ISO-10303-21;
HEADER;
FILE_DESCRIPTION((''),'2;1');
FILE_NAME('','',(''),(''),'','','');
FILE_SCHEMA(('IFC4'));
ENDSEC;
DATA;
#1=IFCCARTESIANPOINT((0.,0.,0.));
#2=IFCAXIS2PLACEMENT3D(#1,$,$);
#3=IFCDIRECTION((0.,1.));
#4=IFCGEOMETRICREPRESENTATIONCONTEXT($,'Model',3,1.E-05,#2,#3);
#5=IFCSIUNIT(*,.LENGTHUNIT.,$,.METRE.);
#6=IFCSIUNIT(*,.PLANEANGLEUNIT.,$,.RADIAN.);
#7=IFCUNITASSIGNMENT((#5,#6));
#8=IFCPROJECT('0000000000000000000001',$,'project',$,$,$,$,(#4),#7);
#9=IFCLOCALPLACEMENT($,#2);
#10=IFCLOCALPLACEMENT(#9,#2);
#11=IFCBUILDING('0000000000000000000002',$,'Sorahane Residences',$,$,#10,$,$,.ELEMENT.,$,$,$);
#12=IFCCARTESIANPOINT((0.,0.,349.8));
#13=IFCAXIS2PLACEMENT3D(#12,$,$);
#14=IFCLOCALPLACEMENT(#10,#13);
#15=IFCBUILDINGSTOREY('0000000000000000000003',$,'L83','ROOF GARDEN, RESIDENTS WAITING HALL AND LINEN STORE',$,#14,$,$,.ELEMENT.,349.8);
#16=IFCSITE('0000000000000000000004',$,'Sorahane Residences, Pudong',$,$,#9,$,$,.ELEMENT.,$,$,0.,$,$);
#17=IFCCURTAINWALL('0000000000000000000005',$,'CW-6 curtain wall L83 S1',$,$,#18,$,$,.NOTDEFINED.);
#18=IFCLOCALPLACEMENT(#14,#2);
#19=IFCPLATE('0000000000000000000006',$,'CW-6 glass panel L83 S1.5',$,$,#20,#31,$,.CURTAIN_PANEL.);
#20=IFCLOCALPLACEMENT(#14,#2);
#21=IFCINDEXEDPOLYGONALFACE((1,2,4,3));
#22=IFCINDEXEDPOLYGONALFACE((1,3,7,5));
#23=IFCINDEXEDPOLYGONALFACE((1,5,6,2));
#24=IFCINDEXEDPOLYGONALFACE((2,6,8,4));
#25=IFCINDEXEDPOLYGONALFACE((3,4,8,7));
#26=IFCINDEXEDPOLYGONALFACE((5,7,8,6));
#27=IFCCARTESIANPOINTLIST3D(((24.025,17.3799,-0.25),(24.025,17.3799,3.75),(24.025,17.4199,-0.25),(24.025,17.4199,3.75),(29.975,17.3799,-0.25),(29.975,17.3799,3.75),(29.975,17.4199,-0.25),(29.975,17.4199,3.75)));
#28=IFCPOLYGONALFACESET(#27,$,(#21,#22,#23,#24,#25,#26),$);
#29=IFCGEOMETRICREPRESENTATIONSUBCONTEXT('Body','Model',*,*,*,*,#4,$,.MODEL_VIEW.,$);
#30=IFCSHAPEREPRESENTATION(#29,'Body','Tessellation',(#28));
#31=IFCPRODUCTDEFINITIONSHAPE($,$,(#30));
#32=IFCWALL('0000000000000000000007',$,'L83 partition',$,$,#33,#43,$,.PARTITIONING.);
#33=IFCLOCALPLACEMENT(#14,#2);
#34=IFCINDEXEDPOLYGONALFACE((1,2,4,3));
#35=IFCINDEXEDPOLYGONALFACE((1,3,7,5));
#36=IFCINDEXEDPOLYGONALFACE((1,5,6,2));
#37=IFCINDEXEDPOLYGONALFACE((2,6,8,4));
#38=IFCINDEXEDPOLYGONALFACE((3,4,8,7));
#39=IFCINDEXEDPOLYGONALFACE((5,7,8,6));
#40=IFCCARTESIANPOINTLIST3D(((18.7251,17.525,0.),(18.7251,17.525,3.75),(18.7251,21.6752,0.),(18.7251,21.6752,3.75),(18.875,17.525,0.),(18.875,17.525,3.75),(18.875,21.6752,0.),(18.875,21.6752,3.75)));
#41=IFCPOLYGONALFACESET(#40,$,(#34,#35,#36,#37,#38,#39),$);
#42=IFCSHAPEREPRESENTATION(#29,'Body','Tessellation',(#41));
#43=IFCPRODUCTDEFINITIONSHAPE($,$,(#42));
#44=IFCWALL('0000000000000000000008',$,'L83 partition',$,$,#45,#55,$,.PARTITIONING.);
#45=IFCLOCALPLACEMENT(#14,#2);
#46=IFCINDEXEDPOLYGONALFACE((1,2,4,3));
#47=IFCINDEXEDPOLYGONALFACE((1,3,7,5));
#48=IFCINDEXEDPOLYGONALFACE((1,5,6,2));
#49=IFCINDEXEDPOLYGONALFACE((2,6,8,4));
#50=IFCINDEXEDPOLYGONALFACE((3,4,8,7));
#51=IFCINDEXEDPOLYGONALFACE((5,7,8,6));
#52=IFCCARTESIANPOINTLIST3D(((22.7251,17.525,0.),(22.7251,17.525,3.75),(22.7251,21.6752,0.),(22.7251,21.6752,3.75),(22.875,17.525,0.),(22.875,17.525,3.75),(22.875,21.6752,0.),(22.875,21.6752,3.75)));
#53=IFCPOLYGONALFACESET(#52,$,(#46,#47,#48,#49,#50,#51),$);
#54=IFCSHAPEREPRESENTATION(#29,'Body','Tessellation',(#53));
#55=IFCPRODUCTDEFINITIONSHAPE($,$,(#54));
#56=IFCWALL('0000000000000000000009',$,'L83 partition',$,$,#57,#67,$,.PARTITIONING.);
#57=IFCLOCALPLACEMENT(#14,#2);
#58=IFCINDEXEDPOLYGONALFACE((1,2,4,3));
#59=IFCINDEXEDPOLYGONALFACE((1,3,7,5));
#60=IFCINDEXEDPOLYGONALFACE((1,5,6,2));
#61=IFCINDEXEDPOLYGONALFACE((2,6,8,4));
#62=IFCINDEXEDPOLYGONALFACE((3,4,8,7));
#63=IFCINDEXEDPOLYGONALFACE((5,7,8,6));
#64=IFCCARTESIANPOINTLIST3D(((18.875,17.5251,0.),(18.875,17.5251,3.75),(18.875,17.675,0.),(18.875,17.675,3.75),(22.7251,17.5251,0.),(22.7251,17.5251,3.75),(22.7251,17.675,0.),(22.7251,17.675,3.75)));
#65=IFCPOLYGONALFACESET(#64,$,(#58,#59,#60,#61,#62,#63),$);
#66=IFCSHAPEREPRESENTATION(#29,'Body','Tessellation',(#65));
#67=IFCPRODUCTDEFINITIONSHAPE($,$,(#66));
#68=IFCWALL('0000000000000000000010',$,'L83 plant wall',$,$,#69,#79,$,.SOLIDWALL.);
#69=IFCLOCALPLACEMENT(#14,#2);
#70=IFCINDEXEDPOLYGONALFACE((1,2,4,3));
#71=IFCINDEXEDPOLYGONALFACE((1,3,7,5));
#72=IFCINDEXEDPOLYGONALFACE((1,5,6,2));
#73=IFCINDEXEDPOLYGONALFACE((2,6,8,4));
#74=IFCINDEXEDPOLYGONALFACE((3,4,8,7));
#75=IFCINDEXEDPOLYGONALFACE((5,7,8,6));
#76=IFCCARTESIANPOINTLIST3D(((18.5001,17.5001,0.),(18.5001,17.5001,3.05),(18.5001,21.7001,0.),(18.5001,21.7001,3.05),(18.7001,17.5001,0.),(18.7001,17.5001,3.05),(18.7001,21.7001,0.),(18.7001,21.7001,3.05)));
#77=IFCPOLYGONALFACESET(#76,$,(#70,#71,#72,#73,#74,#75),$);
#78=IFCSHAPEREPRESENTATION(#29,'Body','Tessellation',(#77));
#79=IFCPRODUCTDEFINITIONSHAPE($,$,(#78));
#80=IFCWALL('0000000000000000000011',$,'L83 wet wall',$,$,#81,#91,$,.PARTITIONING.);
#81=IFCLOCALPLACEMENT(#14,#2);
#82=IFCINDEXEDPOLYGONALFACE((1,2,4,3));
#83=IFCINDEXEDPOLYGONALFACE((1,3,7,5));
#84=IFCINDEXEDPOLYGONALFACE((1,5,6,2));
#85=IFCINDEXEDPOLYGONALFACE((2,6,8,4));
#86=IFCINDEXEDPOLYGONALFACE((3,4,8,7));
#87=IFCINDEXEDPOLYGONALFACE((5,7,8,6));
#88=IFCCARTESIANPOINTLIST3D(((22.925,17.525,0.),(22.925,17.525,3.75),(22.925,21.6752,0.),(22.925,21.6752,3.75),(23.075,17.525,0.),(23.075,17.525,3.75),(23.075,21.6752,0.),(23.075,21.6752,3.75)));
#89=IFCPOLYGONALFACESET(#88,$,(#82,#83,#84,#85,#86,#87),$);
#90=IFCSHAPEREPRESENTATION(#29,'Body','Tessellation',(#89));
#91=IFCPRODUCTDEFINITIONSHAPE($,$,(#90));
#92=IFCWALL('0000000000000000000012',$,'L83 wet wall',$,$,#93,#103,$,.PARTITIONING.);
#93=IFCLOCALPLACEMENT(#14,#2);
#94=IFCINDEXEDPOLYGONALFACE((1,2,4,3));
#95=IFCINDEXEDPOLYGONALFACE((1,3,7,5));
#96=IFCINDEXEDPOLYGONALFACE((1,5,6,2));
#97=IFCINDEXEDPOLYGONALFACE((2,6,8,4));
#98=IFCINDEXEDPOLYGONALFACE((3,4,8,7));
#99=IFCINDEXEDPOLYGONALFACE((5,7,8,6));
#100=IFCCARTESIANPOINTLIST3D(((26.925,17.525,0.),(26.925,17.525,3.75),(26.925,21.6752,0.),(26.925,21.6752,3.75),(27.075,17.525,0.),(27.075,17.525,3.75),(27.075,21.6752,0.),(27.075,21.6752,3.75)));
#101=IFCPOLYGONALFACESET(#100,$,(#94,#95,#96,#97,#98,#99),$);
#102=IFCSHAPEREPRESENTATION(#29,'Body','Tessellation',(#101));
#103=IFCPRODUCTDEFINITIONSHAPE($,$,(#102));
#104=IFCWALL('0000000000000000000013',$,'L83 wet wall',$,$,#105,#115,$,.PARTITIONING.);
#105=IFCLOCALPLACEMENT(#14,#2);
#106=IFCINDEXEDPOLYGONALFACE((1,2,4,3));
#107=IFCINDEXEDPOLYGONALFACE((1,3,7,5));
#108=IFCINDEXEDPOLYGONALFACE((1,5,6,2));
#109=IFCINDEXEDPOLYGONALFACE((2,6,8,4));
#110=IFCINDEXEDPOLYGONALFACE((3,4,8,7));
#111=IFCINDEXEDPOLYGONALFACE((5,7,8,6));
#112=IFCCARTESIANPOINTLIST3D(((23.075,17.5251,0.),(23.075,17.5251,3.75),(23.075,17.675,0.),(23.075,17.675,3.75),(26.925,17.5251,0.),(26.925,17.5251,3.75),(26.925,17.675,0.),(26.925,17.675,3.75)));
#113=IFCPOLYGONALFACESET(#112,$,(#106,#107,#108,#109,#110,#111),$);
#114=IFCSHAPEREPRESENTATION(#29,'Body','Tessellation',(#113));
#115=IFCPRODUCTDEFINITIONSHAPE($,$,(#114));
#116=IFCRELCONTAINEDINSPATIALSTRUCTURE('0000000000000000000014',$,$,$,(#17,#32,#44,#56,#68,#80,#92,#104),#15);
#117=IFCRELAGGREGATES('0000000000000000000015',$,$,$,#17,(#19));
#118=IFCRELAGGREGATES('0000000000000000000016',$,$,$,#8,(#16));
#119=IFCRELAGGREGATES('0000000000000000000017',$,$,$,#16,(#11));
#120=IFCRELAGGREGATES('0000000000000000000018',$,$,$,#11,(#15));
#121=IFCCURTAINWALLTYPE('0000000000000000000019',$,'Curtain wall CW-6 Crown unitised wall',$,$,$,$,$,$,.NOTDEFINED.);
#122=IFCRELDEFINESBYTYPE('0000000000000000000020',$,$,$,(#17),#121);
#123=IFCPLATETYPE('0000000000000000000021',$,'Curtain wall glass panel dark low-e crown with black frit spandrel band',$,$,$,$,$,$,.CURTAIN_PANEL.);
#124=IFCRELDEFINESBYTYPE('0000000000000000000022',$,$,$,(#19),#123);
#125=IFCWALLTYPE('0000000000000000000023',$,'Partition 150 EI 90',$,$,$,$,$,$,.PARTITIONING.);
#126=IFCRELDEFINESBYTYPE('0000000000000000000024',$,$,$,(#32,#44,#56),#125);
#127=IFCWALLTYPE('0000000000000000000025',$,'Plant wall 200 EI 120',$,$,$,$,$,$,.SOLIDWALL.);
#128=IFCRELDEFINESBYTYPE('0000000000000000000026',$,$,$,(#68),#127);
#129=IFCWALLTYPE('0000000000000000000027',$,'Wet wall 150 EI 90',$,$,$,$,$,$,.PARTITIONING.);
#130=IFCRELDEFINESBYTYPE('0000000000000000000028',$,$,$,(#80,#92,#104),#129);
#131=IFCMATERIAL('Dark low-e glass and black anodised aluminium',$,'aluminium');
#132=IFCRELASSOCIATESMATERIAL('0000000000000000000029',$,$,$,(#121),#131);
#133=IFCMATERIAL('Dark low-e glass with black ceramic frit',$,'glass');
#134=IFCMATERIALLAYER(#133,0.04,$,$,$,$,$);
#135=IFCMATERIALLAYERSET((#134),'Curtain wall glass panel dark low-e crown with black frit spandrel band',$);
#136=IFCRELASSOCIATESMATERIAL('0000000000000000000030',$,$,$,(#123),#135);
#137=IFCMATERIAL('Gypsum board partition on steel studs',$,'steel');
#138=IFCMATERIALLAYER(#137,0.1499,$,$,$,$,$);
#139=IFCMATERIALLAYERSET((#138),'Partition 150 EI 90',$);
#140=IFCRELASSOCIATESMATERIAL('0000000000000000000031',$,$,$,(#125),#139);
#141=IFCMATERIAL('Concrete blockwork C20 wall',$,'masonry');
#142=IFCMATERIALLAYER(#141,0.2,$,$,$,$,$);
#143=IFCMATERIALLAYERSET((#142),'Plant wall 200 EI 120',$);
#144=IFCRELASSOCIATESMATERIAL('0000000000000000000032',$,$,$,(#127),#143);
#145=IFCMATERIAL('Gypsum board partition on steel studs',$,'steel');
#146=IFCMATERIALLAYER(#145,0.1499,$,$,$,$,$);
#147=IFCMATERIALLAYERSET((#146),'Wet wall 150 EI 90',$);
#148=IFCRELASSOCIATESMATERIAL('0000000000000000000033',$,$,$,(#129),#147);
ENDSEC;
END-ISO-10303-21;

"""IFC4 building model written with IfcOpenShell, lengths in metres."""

from ifc_helpers import new_model, si_unit, direction, frame, frame_2d, origin, origin_2d, place, context, subcontext, project, spatial, rectangle, extrude, material, layer, layer_set, type_object, element, aggregate, save


model = new_model("IFC4")

# Units and contexts
model_context = context("Model", 3, precision=1e-05, world=origin(), true_north=direction((0.0, 1.0)))
body_context = subcontext(model_context, "Body", "Model", "MODEL_VIEW")
ifc_project = project(units=[si_unit("LENGTHUNIT", "METRE"), si_unit("PLANEANGLEUNIT", "RADIAN")], contexts=[model_context])

# Site, building, storey
site_placement = place(None, origin())
site = spatial("IfcSite", under=ifc_project, at=site_placement, Name="Sorahane Residences, Pudong", CompositionType="ELEMENT", RefElevation=0.0)
building_placement = place(site_placement, origin())
building = spatial("IfcBuilding", under=site, at=building_placement, Name="Sorahane Residences", CompositionType="ELEMENT")
storey_placement = place(building_placement, frame((0.0, 0.0, 349.8)))
storey = spatial("IfcBuildingStorey", under=building, at=storey_placement, Name="L83", Description="ROOF GARDEN, RESIDENTS WAITING HALL AND LINEN STORE", CompositionType="ELEMENT", Elevation=349.8)

# Curtain wall
ifc_material_1 = material(Name="Dark low-e glass and black anodised aluminium", Category="aluminium")
curtain_wall_type = type_object("IfcCurtainWallType", Name="Curtain wall CW-6 Crown unitised wall", PredefinedType="NOTDEFINED", material=ifc_material_1)
curtain_wall_placement = place(storey_placement, origin())
curtain_wall = element("IfcCurtainWall", 1, at=curtain_wall_placement, inside=storey, type_object=curtain_wall_type, Name="CW-6 curtain wall L83 S1", PredefinedType="NOTDEFINED")

# Plate
ifc_material_2 = material(Name="Dark low-e glass with black ceramic frit", Category="glass")
ifc_layer_1 = layer(ifc_material_2, 0.04)
ifc_layer_set_1 = layer_set([ifc_layer_1], Name="Curtain wall glass panel dark low-e crown with black frit spandrel band")
plate_type = type_object("IfcPlateType", Name="Curtain wall glass panel dark low-e crown with black frit spandrel band", PredefinedType="CURTAIN_PANEL", material=ifc_layer_set_1)
plate_1_placement = place(storey_placement, frame((27.0, 17.3999, -0.25), z_axis=(0.0, 0.0, 1.0), x_axis=(1.0, 0.0, 0.0)))
plate_1 = element("IfcPlate", 2, at=plate_1_placement, type_object=plate_type, Name="CW-6 glass panel L83 S1.5", PredefinedType="CURTAIN_PANEL", context=body_context, shape_type="SweptSolid", body=[
    extrude(rectangle(XDim=5.95, YDim=0.04, at=origin_2d()), origin(), (0.0, 0.0, 1.0), 4.0),
])
aggregate(curtain_wall, [plate_1])

# Walls
ifc_material_3 = material(Name="Gypsum board partition on steel studs", Category="steel")
ifc_layer_2 = layer(ifc_material_3, 0.1499)
ifc_layer_set_2 = layer_set([ifc_layer_2], Name="Partition 150 EI 90")
wall_type_1 = type_object("IfcWallType", Name="Partition 150 EI 90", PredefinedType="PARTITIONING", material=ifc_layer_set_2)
for number, where, z_axis, x_axis, name in (
    (3, (18.8, 17.5249, 0.0), (0.0, 0.0, 1.0), (0.0, 1.0, 0.0), "L83 partition"),
    (4, (22.8, 17.5249, 0.0), (0.0, 0.0, 1.0), (0.0, 1.0, 0.0), "L83 partition"),
):
    element("IfcWall", number, at=place(storey_placement, frame(where, z_axis=z_axis, x_axis=x_axis)), inside=storey, type_object=wall_type_1, Name=name, PredefinedType="PARTITIONING", context=body_context, shape_type="SweptSolid", body=[
        extrude(rectangle(XDim=4.1501, YDim=0.1499, at=frame_2d((2.0752, 0.0))), origin(), (0.0, 0.0, 1.0), 3.75),
    ])
wall_1_placement = place(storey_placement, frame((18.875, 17.6001, 0.0), z_axis=(0.0, 0.0, 1.0), x_axis=(1.0, 0.0, 0.0)))
element("IfcWall", 5, at=wall_1_placement, inside=storey, type_object=wall_type_1, Name="L83 partition", PredefinedType="PARTITIONING", context=body_context, shape_type="SweptSolid", body=[
    extrude(rectangle(XDim=3.8501, YDim=0.1499, at=frame_2d((1.925, 0.0))), origin(), (0.0, 0.0, 1.0), 3.75),
])
ifc_material_4 = material(Name="Concrete blockwork C20 wall", Category="masonry")
ifc_layer_3 = layer(ifc_material_4, 0.2)
ifc_layer_set_3 = layer_set([ifc_layer_3], Name="Plant wall 200 EI 120")
wall_type_2 = type_object("IfcWallType", Name="Plant wall 200 EI 120", PredefinedType="SOLIDWALL", material=ifc_layer_set_3)
wall_2_placement = place(storey_placement, frame((18.6001, 17.5, 0.0), z_axis=(0.0, 0.0, 1.0), x_axis=(0.0, 1.0, 0.0)))
element("IfcWall", 6, at=wall_2_placement, inside=storey, type_object=wall_type_2, Name="L83 plant wall", PredefinedType="SOLIDWALL", context=body_context, shape_type="SweptSolid", body=[
    extrude(rectangle(XDim=4.2, YDim=0.2, at=frame_2d((2.1001, 0.0))), origin(), (0.0, 0.0, 1.0), 3.05),
])
ifc_material_5 = material(Name="Gypsum board partition on steel studs", Category="steel")
ifc_layer_4 = layer(ifc_material_5, 0.1499)
ifc_layer_set_4 = layer_set([ifc_layer_4], Name="Wet wall 150 EI 90")
wall_type_3 = type_object("IfcWallType", Name="Wet wall 150 EI 90", PredefinedType="PARTITIONING", material=ifc_layer_set_4)
for number, where, z_axis, x_axis, name in (
    (7, (23.0, 17.5249, 0.0), (0.0, 0.0, 1.0), (0.0, 1.0, 0.0), "L83 wet wall"),
    (8, (27.0, 17.5249, 0.0), (0.0, 0.0, 1.0), (0.0, 1.0, 0.0), "L83 wet wall"),
):
    element("IfcWall", number, at=place(storey_placement, frame(where, z_axis=z_axis, x_axis=x_axis)), inside=storey, type_object=wall_type_3, Name=name, PredefinedType="PARTITIONING", context=body_context, shape_type="SweptSolid", body=[
        extrude(rectangle(XDim=4.1501, YDim=0.1499, at=frame_2d((2.0752, 0.0))), origin(), (0.0, 0.0, 1.0), 3.75),
    ])
wall_3_placement = place(storey_placement, frame((23.075, 17.6001, 0.0), z_axis=(0.0, 0.0, 1.0), x_axis=(1.0, 0.0, 0.0)))
element("IfcWall", 9, at=wall_3_placement, inside=storey, type_object=wall_type_3, Name="L83 wet wall", PredefinedType="PARTITIONING", context=body_context, shape_type="SweptSolid", body=[
    extrude(rectangle(XDim=3.8501, YDim=0.1499, at=frame_2d((1.925, 0.0))), origin(), (0.0, 0.0, 1.0), 3.75),
])

save(model, "model.ifc")
